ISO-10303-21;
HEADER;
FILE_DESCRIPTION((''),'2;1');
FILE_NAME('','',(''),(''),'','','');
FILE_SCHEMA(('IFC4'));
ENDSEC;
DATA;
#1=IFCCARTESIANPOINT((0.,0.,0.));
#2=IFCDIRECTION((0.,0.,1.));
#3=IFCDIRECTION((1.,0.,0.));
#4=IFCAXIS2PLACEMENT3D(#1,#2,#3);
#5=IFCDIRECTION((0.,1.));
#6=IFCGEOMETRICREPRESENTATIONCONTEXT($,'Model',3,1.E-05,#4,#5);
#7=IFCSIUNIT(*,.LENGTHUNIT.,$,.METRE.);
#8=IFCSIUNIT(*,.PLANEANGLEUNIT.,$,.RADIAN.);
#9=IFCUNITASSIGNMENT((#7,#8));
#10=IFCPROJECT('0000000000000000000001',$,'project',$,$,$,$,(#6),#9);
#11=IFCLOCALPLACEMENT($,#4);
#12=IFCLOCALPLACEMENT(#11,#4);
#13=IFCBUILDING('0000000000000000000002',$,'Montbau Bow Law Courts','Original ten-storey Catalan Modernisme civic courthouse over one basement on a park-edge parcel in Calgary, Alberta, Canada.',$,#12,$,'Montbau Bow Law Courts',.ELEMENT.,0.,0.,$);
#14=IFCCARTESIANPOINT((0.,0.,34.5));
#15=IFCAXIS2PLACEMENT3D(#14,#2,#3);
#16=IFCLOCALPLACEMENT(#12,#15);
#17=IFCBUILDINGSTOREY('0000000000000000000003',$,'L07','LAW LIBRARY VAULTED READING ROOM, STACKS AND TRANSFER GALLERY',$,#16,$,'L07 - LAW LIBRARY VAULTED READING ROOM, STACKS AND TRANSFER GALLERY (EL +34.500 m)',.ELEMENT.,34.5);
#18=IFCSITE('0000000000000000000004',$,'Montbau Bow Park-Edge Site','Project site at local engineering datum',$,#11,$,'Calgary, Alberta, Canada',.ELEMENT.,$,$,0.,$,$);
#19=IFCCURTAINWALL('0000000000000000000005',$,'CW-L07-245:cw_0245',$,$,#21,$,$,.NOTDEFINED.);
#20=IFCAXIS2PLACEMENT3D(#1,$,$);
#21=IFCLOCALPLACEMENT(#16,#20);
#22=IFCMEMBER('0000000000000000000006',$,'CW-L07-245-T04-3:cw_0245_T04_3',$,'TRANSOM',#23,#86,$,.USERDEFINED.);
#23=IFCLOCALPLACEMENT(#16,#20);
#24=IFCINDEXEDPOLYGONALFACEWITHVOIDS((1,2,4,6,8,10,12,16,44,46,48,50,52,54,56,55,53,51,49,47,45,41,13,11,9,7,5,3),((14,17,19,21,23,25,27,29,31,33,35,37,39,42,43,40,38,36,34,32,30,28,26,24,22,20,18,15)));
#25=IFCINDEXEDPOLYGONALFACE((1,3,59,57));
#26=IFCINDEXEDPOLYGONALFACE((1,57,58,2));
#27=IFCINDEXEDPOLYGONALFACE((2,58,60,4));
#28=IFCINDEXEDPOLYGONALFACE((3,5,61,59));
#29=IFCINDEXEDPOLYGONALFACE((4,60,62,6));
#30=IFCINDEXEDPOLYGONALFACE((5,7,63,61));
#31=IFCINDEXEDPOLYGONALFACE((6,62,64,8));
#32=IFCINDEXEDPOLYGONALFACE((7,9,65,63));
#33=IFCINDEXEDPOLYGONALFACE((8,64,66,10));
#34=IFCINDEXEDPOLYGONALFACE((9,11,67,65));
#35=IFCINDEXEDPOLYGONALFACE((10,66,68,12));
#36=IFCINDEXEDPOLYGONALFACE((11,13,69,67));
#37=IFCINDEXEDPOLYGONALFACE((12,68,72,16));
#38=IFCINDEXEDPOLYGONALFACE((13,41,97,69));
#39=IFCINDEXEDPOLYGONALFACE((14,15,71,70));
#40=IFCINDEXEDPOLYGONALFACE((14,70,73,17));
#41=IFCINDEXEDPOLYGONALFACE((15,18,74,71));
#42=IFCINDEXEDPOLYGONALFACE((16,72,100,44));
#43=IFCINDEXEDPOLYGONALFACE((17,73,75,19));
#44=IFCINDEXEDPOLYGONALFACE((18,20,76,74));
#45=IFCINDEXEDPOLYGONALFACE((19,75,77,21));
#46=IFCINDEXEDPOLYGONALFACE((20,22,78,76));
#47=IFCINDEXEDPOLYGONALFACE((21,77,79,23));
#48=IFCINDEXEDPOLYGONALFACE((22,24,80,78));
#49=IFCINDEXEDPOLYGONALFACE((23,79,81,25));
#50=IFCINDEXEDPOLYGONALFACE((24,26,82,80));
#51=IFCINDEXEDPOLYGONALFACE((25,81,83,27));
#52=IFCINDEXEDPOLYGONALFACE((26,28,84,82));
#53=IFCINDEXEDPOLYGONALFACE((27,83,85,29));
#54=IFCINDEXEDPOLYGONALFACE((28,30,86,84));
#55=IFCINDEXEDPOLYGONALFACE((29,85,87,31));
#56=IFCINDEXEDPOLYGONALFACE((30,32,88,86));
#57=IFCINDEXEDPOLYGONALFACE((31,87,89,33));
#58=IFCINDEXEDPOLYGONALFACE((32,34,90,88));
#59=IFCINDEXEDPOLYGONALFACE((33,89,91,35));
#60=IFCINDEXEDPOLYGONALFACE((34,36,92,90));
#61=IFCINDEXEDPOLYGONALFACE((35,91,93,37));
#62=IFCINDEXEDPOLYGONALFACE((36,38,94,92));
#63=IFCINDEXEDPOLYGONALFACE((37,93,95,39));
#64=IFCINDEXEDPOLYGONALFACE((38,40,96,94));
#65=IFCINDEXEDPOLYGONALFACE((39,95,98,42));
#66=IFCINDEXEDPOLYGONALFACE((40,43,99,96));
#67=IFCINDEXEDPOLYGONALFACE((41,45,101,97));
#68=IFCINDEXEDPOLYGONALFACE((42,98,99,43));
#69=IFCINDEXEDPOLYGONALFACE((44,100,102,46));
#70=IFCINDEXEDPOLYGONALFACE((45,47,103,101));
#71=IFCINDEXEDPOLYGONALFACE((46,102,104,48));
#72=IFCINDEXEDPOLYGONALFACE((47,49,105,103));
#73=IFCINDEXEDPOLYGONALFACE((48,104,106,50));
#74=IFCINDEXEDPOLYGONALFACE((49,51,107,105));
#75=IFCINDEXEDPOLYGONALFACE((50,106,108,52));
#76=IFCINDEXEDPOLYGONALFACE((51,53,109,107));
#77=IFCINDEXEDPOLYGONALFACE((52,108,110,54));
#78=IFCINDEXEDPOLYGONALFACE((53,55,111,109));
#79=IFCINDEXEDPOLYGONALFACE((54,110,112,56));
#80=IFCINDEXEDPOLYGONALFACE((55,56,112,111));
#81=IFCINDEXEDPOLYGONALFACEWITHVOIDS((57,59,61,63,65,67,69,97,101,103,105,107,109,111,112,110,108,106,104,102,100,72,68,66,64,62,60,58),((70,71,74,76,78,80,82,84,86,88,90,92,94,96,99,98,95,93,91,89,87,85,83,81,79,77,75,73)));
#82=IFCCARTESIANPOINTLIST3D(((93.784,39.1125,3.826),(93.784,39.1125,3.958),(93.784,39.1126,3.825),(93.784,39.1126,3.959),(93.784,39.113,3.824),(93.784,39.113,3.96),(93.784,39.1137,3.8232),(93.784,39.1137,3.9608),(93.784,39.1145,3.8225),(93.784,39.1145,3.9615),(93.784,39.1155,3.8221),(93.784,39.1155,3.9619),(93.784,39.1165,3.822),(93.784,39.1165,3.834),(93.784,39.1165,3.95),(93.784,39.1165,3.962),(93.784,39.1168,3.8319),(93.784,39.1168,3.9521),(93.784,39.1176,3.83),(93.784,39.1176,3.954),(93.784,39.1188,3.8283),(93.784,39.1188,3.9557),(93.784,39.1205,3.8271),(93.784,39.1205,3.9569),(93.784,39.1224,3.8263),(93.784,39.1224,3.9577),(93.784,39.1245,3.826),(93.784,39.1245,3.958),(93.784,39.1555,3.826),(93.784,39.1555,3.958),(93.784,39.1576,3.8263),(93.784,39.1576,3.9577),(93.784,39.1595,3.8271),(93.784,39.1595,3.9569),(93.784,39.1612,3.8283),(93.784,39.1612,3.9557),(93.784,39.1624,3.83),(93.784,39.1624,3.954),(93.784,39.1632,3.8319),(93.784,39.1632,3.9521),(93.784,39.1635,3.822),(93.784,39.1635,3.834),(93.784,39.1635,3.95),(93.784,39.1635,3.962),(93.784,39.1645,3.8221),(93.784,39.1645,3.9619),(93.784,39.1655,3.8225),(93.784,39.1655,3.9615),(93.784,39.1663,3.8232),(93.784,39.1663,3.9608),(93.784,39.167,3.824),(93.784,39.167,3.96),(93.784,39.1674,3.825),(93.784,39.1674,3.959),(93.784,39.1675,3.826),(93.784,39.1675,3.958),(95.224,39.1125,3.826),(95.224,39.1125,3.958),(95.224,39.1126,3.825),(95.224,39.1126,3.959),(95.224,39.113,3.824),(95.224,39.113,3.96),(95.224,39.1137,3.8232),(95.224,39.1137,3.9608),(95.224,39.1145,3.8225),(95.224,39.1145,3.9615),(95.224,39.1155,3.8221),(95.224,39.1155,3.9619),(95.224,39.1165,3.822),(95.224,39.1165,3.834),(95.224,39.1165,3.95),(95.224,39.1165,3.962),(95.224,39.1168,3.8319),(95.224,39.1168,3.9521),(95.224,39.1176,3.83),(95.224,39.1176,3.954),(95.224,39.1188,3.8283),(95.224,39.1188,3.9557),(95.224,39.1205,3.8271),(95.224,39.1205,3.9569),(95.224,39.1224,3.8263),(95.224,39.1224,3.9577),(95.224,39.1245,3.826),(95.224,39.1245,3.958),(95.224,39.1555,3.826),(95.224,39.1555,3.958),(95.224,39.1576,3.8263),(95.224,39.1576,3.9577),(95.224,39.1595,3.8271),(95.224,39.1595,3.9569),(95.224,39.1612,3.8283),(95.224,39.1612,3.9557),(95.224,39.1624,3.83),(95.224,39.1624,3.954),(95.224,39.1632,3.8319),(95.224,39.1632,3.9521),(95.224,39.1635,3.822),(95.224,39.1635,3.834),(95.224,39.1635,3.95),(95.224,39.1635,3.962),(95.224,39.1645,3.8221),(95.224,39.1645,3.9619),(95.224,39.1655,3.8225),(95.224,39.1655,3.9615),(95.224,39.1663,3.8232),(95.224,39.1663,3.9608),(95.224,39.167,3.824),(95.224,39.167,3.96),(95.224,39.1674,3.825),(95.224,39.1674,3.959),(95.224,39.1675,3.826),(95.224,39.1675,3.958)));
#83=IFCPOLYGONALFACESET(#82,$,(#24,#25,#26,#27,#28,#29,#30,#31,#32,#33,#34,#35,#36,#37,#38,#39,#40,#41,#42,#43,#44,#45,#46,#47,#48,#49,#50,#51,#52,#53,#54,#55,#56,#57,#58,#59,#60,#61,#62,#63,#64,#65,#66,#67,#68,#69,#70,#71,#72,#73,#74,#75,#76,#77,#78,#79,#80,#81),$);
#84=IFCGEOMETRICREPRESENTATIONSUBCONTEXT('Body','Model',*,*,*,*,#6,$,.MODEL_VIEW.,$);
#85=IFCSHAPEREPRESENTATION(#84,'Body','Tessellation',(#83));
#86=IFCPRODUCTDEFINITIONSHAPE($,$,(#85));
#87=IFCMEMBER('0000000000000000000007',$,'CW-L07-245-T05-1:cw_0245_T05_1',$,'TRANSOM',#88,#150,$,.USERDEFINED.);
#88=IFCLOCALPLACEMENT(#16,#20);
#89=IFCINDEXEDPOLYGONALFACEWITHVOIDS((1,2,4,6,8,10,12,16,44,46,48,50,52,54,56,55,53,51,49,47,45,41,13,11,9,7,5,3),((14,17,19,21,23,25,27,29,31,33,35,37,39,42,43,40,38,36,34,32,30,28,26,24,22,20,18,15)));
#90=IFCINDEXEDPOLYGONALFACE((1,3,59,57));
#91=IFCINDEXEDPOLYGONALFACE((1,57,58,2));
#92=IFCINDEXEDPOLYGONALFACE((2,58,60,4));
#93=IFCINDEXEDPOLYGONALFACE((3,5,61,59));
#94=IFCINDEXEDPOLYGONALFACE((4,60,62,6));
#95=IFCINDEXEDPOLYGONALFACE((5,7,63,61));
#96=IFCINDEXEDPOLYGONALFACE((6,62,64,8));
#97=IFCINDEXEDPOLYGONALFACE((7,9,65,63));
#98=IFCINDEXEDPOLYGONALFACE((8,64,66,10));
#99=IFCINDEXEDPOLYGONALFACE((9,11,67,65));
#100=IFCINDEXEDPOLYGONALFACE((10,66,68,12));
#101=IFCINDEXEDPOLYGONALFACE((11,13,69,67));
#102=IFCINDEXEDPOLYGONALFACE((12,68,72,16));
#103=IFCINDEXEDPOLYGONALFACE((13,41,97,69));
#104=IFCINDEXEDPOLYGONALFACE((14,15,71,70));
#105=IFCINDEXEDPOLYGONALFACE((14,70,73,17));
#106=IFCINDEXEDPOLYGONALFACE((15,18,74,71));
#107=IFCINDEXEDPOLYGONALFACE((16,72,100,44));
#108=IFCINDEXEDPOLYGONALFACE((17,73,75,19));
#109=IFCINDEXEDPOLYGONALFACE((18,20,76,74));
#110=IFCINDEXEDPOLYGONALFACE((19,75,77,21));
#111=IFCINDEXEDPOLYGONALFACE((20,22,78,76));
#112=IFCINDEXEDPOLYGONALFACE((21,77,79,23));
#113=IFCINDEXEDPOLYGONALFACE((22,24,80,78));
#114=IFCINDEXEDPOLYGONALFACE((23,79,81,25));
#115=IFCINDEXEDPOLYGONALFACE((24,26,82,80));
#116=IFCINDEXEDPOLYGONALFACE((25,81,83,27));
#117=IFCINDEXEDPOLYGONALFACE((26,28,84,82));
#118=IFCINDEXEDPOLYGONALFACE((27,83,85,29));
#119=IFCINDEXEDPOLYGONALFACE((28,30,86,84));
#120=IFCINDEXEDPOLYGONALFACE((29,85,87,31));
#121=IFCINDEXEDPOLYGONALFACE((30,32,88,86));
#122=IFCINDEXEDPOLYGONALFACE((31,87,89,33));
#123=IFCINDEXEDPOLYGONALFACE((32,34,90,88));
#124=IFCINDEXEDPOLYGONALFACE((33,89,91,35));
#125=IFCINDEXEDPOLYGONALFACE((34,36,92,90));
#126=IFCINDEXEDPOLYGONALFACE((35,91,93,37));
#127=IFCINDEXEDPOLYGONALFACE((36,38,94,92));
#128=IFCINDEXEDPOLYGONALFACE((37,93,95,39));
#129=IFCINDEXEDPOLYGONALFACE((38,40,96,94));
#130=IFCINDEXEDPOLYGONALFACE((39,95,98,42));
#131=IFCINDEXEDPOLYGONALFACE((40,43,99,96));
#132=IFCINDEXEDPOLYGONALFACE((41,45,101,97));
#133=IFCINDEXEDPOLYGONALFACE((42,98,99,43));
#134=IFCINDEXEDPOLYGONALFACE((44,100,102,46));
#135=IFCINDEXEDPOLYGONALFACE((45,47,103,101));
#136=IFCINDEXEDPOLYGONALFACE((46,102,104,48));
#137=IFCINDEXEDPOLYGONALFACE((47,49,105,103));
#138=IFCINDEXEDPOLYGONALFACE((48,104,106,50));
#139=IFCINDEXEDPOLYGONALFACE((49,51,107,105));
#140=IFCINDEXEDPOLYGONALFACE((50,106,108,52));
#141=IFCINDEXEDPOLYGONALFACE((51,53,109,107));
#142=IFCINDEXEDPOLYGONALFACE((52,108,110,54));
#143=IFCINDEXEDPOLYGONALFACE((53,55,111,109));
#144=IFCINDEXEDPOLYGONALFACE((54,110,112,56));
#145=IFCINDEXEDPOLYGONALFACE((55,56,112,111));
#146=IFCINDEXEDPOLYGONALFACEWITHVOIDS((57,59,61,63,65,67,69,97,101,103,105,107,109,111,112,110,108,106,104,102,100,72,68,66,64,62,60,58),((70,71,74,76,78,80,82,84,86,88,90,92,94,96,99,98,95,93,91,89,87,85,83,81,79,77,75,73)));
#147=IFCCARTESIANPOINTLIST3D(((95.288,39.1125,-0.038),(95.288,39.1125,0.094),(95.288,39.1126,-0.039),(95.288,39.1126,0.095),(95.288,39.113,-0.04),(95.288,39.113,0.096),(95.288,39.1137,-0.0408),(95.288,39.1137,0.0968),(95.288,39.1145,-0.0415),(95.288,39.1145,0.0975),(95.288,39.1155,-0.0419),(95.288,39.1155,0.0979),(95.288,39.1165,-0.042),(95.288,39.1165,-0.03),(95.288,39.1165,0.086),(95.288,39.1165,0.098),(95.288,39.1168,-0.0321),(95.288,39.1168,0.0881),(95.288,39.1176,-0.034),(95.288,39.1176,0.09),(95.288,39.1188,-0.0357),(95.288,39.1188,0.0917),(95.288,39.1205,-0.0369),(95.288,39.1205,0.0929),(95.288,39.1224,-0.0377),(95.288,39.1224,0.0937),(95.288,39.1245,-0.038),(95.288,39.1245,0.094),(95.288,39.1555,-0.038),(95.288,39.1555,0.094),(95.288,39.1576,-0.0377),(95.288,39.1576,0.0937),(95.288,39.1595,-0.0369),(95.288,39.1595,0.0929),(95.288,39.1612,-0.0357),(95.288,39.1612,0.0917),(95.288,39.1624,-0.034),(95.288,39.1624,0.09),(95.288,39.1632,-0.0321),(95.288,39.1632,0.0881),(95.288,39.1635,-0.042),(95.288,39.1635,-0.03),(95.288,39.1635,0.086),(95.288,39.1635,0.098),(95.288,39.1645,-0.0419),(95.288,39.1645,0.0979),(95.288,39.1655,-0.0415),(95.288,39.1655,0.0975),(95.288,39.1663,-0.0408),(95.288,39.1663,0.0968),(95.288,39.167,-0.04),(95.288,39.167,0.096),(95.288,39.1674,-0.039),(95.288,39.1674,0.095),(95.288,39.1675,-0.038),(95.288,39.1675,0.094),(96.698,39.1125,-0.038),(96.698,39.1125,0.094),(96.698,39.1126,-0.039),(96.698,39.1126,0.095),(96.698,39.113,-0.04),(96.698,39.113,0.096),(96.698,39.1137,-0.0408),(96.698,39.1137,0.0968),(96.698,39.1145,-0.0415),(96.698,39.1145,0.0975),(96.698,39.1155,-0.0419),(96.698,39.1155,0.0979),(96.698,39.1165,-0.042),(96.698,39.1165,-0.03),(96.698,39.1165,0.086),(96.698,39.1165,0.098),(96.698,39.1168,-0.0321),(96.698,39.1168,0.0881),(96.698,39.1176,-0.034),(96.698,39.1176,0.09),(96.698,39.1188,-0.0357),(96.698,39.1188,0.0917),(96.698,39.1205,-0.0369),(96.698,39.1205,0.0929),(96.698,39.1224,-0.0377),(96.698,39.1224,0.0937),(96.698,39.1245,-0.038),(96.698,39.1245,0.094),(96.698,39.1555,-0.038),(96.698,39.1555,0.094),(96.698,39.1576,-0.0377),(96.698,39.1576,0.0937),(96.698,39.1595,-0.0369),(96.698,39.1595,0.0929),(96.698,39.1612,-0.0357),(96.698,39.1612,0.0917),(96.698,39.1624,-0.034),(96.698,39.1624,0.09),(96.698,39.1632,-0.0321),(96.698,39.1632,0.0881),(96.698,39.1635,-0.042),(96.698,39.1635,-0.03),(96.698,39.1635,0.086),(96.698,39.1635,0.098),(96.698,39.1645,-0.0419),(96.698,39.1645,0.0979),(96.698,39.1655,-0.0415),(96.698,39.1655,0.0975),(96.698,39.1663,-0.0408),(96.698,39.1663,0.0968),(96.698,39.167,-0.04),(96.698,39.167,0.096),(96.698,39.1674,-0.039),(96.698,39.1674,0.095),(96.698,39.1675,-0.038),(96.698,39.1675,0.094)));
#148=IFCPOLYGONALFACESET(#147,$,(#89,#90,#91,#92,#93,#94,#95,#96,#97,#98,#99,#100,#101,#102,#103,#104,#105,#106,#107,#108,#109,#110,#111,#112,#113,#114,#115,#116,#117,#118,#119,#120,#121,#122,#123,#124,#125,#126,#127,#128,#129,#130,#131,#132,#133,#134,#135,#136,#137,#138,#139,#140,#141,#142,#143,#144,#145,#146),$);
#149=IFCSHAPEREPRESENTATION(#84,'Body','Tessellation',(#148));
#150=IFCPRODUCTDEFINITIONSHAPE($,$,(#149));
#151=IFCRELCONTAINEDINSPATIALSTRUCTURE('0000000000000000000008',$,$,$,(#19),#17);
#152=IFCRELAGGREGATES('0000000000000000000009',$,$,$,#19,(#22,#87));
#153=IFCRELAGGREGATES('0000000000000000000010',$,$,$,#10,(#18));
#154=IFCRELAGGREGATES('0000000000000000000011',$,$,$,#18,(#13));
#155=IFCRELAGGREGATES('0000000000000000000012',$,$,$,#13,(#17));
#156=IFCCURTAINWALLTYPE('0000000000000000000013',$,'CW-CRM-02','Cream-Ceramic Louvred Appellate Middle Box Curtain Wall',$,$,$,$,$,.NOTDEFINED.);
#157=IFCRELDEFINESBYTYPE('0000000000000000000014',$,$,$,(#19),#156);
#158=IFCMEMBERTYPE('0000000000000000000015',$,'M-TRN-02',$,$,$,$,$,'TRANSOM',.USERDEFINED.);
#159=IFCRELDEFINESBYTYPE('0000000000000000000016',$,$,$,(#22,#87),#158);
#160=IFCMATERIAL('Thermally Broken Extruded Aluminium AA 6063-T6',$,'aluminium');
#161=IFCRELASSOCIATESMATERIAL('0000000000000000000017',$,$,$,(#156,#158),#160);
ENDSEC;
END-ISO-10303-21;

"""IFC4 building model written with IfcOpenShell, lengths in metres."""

from ifc_helpers import new_model, si_unit, direction, frame, origin_with_axes, origin_2d_with_axis, place, context, subcontext, project, spatial, hollow_rectangle, extrude, material, material_profile, profile_set, type_object, element, aggregate, save


model = new_model("IFC4")

# Units and contexts
model_context = context("Model", 3, precision=1e-05, world=origin_with_axes(), true_north=direction((0.0, 1.0)))
body_context = subcontext(model_context, "Body", "Model", "MODEL_VIEW")
ifc_project = project(units=[si_unit("LENGTHUNIT", "METRE"), si_unit("PLANEANGLEUNIT", "RADIAN")], contexts=[model_context])

# Site, building, storey
site_placement = place(None, origin_with_axes())
site = spatial("IfcSite", under=ifc_project, at=site_placement, Name="Montbau Bow Park-Edge Site", Description="Project site at local engineering datum", LongName="Calgary, Alberta, Canada", CompositionType="ELEMENT", RefElevation=0.0)
building_placement = place(site_placement, origin_with_axes())
building = spatial("IfcBuilding", under=site, at=building_placement, Name="Montbau Bow Law Courts", Description="Original ten-storey Catalan Modernisme civic courthouse over one basement on a park-edge parcel in Calgary, Alberta, Canada.", LongName="Montbau Bow Law Courts", CompositionType="ELEMENT", ElevationOfRefHeight=0.0, ElevationOfTerrain=0.0)
storey_placement = place(building_placement, frame((0.0, 0.0, 34.5), z_axis=(0.0, 0.0, 1.0), x_axis=(1.0, 0.0, 0.0)))
storey = spatial("IfcBuildingStorey", under=building, at=storey_placement, Name="L07", Description="LAW LIBRARY VAULTED READING ROOM, STACKS AND TRANSFER GALLERY", LongName="L07 - LAW LIBRARY VAULTED READING ROOM, STACKS AND TRANSFER GALLERY (EL +34.500 m)", CompositionType="ELEMENT", Elevation=34.5)

# Curtain wall, members
ifc_material_1 = material(Name="Thermally Broken Extruded Aluminium AA 6063-T6", Category="aluminium")
curtain_wall_type = type_object("IfcCurtainWallType", Name="CW-CRM-02", Description="Cream-Ceramic Louvred Appellate Middle Box Curtain Wall", PredefinedType="NOTDEFINED", material=ifc_material_1)
curtain_wall_placement = place(None, frame((89.24, 39.14, 34.5), z_axis=(0.0, 0.0, 1.0), x_axis=(1.0, 0.0, 0.0)))
curtain_wall = element("IfcCurtainWall", 1, at=curtain_wall_placement, inside=storey, type_object=curtain_wall_type, Name="CW-L07-245:cw_0245", PredefinedType="NOTDEFINED")
ifc_material_profile_1 = material_profile(ifc_material_1, hollow_rectangle(XDim=0.055, YDim=0.14, WallThickness=0.004, InnerFilletRadius=0.008, OuterFilletRadius=0.004, at=origin_2d_with_axis()), Name="CWT-140X55", Category="Main", Priority=0)
ifc_profile_set_1 = profile_set([ifc_material_profile_1], Name="Thermally Broken Extruded Aluminium AA 6063-T6")
member_type_1 = type_object("IfcMemberType", Name="M-TRN-02", ElementType="TRANSOM", PredefinedType="USERDEFINED", material=ifc_profile_set_1)
member_1_placement = place(None, frame((93.784, 39.14, 38.392), z_axis=(1.0, 0.0, 0.0), x_axis=(0.0, 1.0, 0.0)))
member_1 = element("IfcMember", 2, at=member_1_placement, type_object=member_type_1, Name="CW-L07-245-T04-3:cw_0245_T04_3", ObjectType="TRANSOM", PredefinedType="USERDEFINED", context=body_context, shape_type="SweptSolid", body=[
    extrude(hollow_rectangle(XDim=0.055, YDim=0.14, WallThickness=0.004, InnerFilletRadius=0.008, OuterFilletRadius=0.004, at=origin_2d_with_axis()), origin_with_axes(), (0.0, 0.0, 1.0), 1.44),
])
member_2_placement = place(None, frame((95.288, 39.14, 34.528), z_axis=(1.0, 0.0, 0.0), x_axis=(0.0, 1.0, 0.0)))
member_2 = element("IfcMember", 3, at=member_2_placement, type_object=member_type_1, Name="CW-L07-245-T05-1:cw_0245_T05_1", ObjectType="TRANSOM", PredefinedType="USERDEFINED", context=body_context, shape_type="SweptSolid", body=[
    extrude(hollow_rectangle(XDim=0.055, YDim=0.14, WallThickness=0.004, InnerFilletRadius=0.008, OuterFilletRadius=0.004, at=origin_2d_with_axis()), origin_with_axes(), (0.0, 0.0, 1.0), 1.41),
])
aggregate(curtain_wall, [member_1, member_2])

save(model, "model.ifc")
